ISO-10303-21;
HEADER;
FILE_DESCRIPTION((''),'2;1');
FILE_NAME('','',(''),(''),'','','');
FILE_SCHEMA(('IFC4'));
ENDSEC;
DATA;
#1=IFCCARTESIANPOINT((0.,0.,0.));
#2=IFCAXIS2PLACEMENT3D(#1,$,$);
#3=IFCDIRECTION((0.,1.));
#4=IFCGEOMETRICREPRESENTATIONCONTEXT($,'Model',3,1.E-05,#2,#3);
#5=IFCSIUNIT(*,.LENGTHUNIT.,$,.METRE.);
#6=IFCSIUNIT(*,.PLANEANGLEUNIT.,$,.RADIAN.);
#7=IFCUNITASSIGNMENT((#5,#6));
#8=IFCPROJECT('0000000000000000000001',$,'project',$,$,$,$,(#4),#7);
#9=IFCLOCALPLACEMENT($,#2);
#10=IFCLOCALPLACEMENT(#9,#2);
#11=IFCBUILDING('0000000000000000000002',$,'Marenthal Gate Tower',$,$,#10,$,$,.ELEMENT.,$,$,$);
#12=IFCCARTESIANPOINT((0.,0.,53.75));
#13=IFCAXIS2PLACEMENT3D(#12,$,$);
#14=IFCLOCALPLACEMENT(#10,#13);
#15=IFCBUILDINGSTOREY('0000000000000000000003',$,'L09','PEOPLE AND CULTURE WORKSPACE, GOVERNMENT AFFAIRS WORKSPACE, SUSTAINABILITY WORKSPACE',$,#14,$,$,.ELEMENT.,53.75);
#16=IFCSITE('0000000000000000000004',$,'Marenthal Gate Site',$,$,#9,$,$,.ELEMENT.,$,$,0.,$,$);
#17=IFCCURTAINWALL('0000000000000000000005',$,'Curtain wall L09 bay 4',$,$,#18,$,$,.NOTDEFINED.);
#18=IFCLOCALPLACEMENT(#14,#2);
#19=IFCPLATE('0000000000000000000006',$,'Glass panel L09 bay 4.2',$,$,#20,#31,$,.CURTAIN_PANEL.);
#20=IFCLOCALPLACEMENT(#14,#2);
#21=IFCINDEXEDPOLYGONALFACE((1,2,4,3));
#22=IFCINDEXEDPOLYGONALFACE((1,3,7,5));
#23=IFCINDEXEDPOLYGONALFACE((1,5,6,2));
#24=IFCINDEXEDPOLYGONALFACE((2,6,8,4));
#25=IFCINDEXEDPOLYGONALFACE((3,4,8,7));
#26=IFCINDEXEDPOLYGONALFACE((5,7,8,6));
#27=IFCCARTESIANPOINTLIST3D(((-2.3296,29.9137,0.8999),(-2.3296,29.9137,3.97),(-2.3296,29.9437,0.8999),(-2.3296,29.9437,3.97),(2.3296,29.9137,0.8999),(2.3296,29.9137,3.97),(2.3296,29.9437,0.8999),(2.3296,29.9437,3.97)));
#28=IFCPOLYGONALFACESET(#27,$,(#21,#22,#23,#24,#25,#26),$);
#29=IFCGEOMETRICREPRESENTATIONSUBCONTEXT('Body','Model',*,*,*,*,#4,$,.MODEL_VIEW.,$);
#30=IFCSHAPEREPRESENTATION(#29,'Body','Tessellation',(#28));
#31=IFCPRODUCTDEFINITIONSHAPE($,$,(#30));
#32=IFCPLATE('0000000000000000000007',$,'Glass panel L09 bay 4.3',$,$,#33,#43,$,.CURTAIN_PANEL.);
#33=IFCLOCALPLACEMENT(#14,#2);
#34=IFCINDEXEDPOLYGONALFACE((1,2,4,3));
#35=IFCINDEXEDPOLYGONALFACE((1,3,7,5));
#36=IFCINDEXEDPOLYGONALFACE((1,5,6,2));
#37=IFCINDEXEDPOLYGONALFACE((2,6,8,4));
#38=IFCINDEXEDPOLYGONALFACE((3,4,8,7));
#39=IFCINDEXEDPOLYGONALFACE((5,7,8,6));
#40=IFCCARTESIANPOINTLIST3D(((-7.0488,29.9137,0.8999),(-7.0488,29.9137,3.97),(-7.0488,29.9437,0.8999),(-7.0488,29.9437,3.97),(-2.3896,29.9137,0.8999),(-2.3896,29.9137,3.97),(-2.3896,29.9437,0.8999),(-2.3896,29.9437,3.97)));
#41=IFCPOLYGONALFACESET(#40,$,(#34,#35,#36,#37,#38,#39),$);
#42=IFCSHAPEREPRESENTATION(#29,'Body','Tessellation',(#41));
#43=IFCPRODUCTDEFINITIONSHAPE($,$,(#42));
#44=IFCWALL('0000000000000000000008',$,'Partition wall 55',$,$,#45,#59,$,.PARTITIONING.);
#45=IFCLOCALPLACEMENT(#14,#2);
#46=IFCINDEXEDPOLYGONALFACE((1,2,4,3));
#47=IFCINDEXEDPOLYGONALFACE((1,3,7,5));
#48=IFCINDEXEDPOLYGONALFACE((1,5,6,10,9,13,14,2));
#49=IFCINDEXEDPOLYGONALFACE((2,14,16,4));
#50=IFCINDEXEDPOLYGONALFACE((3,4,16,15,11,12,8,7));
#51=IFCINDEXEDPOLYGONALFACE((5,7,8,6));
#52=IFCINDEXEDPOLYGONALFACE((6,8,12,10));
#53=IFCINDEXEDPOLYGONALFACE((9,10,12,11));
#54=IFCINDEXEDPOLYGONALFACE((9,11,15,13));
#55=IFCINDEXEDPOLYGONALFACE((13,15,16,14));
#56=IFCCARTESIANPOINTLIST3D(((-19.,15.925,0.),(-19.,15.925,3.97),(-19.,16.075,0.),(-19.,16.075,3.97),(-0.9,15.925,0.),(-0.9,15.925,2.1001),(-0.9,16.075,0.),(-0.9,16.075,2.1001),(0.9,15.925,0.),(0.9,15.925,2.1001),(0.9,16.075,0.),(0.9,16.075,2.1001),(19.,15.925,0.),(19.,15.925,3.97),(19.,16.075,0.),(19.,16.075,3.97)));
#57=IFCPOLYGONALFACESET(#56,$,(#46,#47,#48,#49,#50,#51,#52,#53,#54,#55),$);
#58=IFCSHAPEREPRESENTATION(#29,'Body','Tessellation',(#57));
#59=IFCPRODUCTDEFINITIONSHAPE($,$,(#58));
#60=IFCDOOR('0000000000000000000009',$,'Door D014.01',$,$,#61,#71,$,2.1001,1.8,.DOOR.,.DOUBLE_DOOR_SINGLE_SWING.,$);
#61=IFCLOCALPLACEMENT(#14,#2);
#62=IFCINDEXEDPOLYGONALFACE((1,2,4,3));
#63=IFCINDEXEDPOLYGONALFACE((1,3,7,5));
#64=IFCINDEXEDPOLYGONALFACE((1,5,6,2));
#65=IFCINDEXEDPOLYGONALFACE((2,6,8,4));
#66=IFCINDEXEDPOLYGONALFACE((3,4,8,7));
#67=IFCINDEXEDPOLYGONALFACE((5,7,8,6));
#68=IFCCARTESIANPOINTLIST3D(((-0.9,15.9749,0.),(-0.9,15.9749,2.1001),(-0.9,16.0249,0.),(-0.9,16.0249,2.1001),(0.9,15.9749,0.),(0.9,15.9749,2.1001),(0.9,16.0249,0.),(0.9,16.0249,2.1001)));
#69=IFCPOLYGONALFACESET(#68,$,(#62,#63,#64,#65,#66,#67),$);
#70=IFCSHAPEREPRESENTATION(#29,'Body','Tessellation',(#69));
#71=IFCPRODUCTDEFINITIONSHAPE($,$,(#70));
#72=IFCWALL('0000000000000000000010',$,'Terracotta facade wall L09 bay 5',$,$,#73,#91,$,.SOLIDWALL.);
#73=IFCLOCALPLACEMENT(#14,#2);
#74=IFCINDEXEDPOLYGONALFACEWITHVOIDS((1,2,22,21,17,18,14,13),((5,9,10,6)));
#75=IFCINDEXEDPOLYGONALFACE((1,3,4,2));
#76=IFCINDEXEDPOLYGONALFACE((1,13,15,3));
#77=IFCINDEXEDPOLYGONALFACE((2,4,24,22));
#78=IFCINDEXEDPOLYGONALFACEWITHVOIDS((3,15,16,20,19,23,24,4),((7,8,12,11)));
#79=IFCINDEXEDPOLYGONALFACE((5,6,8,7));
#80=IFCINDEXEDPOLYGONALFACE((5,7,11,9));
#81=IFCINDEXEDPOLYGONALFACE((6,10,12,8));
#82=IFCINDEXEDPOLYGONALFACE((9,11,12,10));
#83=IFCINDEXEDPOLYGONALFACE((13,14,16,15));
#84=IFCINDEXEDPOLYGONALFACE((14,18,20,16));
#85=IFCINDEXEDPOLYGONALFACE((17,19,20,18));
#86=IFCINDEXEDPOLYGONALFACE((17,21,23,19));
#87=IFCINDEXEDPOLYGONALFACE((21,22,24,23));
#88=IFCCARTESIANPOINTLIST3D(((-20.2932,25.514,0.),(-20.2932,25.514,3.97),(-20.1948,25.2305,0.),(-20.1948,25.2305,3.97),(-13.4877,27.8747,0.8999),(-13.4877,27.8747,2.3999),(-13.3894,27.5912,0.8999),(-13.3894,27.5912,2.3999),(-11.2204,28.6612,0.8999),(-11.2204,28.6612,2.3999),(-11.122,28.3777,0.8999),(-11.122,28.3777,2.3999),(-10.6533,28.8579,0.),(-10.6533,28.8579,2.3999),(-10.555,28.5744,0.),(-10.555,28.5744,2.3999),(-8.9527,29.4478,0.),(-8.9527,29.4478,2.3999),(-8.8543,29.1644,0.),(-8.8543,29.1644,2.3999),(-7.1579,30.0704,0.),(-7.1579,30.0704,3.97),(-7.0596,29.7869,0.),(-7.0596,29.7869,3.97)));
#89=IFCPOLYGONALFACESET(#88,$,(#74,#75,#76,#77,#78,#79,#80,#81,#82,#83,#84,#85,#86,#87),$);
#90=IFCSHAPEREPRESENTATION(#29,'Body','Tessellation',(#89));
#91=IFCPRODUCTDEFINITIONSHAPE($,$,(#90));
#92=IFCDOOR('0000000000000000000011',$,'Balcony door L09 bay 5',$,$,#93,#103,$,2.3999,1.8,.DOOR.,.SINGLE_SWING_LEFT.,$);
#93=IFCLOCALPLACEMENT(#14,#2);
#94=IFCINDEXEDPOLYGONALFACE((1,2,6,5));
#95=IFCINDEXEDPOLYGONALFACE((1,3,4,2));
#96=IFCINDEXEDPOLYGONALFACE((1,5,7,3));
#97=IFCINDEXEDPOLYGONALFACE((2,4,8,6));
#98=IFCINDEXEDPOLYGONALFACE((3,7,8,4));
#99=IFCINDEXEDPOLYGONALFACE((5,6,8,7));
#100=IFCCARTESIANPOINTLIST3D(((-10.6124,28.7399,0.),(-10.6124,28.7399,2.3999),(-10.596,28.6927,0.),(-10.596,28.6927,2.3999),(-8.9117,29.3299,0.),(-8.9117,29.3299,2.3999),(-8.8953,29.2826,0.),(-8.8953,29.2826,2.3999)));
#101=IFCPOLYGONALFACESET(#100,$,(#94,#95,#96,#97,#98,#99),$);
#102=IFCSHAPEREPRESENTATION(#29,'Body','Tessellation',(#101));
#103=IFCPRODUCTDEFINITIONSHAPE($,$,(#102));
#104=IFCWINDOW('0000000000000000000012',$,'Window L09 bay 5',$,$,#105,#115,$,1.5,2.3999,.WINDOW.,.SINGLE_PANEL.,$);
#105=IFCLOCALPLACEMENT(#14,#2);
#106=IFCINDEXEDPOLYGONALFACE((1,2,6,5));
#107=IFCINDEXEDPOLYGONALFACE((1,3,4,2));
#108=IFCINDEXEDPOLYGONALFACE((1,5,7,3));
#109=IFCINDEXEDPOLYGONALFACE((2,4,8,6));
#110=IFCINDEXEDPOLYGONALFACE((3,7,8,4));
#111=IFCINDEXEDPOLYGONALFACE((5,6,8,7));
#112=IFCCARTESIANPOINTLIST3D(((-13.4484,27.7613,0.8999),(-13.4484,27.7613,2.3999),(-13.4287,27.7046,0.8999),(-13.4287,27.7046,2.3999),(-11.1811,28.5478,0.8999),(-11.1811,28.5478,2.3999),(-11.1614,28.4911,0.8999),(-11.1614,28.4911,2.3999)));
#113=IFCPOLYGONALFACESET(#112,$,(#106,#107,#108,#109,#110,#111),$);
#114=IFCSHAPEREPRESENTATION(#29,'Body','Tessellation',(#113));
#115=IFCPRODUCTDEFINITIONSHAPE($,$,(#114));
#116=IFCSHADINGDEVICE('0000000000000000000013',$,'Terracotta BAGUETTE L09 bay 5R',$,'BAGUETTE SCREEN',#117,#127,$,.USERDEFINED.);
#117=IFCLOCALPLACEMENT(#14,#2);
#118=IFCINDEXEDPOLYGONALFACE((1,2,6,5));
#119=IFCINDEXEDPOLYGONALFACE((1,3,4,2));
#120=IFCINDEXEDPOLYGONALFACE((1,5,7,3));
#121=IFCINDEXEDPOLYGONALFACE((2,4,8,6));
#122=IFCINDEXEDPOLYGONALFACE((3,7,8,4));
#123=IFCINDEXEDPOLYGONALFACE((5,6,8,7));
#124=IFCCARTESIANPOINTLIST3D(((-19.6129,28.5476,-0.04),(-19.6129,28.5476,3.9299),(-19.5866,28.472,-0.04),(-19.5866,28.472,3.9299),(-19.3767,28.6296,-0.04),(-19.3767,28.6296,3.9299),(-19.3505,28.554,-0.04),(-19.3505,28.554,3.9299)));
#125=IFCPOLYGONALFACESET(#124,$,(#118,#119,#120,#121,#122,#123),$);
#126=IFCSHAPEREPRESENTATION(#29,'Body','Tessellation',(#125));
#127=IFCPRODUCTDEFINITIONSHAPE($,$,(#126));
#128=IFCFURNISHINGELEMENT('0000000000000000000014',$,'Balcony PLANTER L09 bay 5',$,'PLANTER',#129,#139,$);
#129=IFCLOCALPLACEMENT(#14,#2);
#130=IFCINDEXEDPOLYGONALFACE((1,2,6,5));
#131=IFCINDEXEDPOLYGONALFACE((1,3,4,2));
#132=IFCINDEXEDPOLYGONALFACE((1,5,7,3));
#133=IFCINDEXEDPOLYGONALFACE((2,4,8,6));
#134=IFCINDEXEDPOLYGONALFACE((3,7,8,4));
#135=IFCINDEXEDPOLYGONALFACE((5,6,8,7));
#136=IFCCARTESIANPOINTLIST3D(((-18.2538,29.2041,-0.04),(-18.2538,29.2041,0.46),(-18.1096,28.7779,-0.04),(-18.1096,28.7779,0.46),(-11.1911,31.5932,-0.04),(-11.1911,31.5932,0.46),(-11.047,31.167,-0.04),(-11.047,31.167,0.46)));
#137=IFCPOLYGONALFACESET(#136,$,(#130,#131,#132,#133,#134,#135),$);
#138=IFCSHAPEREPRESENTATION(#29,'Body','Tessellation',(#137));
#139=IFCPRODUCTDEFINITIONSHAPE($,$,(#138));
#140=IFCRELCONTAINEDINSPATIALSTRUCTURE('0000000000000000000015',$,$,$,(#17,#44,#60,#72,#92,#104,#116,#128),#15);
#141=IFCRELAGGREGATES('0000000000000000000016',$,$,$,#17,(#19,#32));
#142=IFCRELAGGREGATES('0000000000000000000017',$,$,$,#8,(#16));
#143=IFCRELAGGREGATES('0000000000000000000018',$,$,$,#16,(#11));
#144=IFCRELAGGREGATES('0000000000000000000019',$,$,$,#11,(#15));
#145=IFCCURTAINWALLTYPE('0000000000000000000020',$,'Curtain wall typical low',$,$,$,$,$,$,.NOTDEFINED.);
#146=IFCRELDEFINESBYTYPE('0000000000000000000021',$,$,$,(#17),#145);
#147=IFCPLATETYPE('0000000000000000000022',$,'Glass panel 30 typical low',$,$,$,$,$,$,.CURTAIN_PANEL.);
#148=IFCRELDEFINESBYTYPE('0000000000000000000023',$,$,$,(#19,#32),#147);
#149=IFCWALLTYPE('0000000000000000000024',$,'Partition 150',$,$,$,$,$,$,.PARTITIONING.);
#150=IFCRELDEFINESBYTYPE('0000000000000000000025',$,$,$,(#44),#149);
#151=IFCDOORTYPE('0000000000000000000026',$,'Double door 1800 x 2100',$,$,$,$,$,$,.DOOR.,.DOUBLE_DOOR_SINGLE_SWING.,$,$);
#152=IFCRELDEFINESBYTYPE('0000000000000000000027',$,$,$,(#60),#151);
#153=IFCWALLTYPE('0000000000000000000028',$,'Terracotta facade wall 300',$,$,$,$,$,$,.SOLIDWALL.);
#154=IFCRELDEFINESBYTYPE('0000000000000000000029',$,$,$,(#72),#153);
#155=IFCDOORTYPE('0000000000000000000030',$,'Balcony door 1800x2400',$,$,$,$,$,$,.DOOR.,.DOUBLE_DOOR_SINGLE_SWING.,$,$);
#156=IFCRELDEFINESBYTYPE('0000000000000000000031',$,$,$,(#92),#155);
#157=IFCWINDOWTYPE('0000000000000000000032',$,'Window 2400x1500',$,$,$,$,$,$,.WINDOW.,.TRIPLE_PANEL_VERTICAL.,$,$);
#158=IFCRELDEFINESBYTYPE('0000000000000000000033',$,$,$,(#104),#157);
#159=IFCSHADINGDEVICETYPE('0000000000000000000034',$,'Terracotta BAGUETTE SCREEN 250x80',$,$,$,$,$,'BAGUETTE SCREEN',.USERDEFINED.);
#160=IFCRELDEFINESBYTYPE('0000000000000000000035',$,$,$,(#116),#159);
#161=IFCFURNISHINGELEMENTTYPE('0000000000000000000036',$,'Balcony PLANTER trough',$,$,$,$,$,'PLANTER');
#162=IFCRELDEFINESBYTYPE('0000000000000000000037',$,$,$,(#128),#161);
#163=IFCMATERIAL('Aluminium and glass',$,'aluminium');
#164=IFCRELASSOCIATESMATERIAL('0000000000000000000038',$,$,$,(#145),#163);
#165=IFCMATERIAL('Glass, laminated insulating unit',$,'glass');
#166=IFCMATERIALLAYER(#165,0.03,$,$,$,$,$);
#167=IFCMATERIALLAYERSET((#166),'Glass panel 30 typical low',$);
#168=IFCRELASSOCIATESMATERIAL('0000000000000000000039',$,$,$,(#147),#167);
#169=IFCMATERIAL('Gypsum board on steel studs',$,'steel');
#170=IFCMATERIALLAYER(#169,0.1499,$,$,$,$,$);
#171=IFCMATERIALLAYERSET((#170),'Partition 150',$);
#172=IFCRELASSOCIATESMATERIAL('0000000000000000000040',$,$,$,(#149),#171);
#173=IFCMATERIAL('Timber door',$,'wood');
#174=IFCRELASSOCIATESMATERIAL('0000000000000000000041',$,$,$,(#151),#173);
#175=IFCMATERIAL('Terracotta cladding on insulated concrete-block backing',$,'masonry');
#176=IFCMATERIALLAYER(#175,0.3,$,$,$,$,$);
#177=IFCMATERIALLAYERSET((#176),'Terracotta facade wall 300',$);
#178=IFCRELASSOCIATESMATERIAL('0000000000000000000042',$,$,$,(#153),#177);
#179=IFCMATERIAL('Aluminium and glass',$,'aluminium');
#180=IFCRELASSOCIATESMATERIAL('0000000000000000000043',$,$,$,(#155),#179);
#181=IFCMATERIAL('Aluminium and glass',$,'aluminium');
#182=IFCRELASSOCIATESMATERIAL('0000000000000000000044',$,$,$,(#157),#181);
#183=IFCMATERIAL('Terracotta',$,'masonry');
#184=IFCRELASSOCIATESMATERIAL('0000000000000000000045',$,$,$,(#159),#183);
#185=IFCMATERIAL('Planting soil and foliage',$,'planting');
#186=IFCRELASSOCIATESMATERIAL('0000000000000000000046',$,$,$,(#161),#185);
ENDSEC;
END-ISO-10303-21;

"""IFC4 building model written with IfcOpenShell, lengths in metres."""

from ifc_helpers import new_model, si_unit, direction, frame, frame_2d, origin, origin_2d, place, context, subcontext, project, spatial, rectangle, extrude, material, layer, layer_set, material_profile, profile_set, type_object, element, fill, aggregate, save


model = new_model("IFC4")

# Units and contexts
model_context = context("Model", 3, precision=1e-05, world=origin(), true_north=direction((0.0, 1.0)))
body_context = subcontext(model_context, "Body", "Model", "MODEL_VIEW")
ifc_project = project(units=[si_unit("LENGTHUNIT", "METRE"), si_unit("PLANEANGLEUNIT", "RADIAN")], contexts=[model_context])

# Site, building, storey
site_placement = place(None, origin())
site = spatial("IfcSite", under=ifc_project, at=site_placement, Name="Marenthal Gate Site", CompositionType="ELEMENT", RefElevation=0.0)
building_placement = place(site_placement, origin())
building = spatial("IfcBuilding", under=site, at=building_placement, Name="Marenthal Gate Tower", CompositionType="ELEMENT")
storey_placement = place(building_placement, frame((0.0, 0.0, 53.75)))
storey = spatial("IfcBuildingStorey", under=building, at=storey_placement, Name="L09", Description="PEOPLE AND CULTURE WORKSPACE, GOVERNMENT AFFAIRS WORKSPACE, SUSTAINABILITY WORKSPACE", CompositionType="ELEMENT", Elevation=53.75)

# Curtain wall
ifc_material_1 = material(Name="Aluminium and glass", Category="aluminium")
curtain_wall_type = type_object("IfcCurtainWallType", Name="Curtain wall typical low", PredefinedType="NOTDEFINED", material=ifc_material_1)
curtain_wall_placement = place(storey_placement, origin())
curtain_wall = element("IfcCurtainWall", 1, at=curtain_wall_placement, inside=storey, type_object=curtain_wall_type, Name="Curtain wall L09 bay 4", PredefinedType="NOTDEFINED")

# Plates
ifc_material_2 = material(Name="Glass, laminated insulating unit", Category="glass")
ifc_layer_1 = layer(ifc_material_2, 0.03)
ifc_layer_set_1 = layer_set([ifc_layer_1], Name="Glass panel 30 typical low")
plate_type = type_object("IfcPlateType", Name="Glass panel 30 typical low", PredefinedType="CURTAIN_PANEL", material=ifc_layer_set_1)
plate_1_placement = place(storey_placement, frame((0.0, 29.9287, 0.8999), z_axis=(0.0, 0.0, 1.0), x_axis=(-1.0, 0.0, 0.0)))
plate_1 = element("IfcPlate", 2, at=plate_1_placement, type_object=plate_type, Name="Glass panel L09 bay 4.2", PredefinedType="CURTAIN_PANEL", context=body_context, shape_type="SweptSolid", body=[
    extrude(rectangle(XDim=4.6592, YDim=0.03, at=origin_2d()), origin(), (0.0, 0.0, 1.0), 3.0701),
])
plate_2_placement = place(storey_placement, frame((-4.7192, 29.9287, 0.8999), z_axis=(0.0, 0.0, 1.0), x_axis=(-1.0, 0.0, 0.0)))
plate_2 = element("IfcPlate", 3, at=plate_2_placement, type_object=plate_type, Name="Glass panel L09 bay 4.3", PredefinedType="CURTAIN_PANEL", context=body_context, shape_type="SweptSolid", body=[
    extrude(rectangle(XDim=4.6592, YDim=0.03, at=origin_2d()), origin(), (0.0, 0.0, 1.0), 3.0701),
])
aggregate(curtain_wall, [plate_1, plate_2])

# Wall, opening, door
ifc_material_3 = material(Name="Gypsum board on steel studs", Category="steel")
ifc_layer_2 = layer(ifc_material_3, 0.1499)
ifc_layer_set_2 = layer_set([ifc_layer_2], Name="Partition 150")
wall_type_1 = type_object("IfcWallType", Name="Partition 150", PredefinedType="PARTITIONING", material=ifc_layer_set_2)
wall_1_placement = place(storey_placement, frame((-19.0, 16.0, 0.0), z_axis=(0.0, 0.0, 1.0), x_axis=(1.0, 0.0, 0.0)))
wall_1 = element("IfcWall", 4, at=wall_1_placement, inside=storey, type_object=wall_type_1, Name="Partition wall 55", PredefinedType="PARTITIONING", context=body_context, shape_type="SweptSolid", body=[
    extrude(rectangle(XDim=38.0, YDim=0.1499, at=frame_2d((19.0, 0.0))), origin(), (0.0, 0.0, 1.0), 3.97),
])
opening_1_placement = place(wall_1_placement, frame((18.1001, 0.0, 0.0)))
opening_1 = element("IfcOpeningElement", 5, at=opening_1_placement, cuts=wall_1, PredefinedType="OPENING", context=body_context, shape_type="SweptSolid", body=[
    extrude(rectangle(XDim=1.8, YDim=2.1001, at=frame_2d((0.8999, 1.05))), frame((0.0, 0.085, 0.0), z_axis=(0.0, -1.0, 0.0), x_axis=(1.0, 0.0, 0.0)), (0.0, 0.0, 1.0), 0.1699),
])
ifc_material_4 = material(Name="Timber door", Category="wood")
door_type_1 = type_object("IfcDoorType", Name="Double door 1800 x 2100", OperationType="DOUBLE_DOOR_SINGLE_SWING", PredefinedType="DOOR", material=ifc_material_4)
door_1_placement = place(opening_1_placement, origin())
door_1 = element("IfcDoor", 6, at=door_1_placement, inside=storey, type_object=door_type_1, Name="Door D014.01", OperationType="DOUBLE_DOOR_SINGLE_SWING", OverallHeight=2.1001, OverallWidth=1.8, PredefinedType="DOOR", context=body_context, shape_type="SweptSolid", body=[
    extrude(rectangle(XDim=1.8, YDim=2.1001, at=frame_2d((0.8999, 1.05))), frame((0.0, 0.0249, 0.0), z_axis=(0.0, -1.0, 0.0), x_axis=(1.0, 0.0, 0.0)), (0.0, 0.0, 1.0), 0.05),
])
fill(opening_1, door_1)

# Wall, openings, door, window
ifc_material_5 = material(Name="Terracotta cladding on insulated concrete-block backing", Category="masonry")
ifc_layer_3 = layer(ifc_material_5, 0.3)
ifc_layer_set_3 = layer_set([ifc_layer_3], Name="Terracotta facade wall 300")
wall_type_2 = type_object("IfcWallType", Name="Terracotta facade wall 300", PredefinedType="SOLIDWALL", material=ifc_layer_set_3)
wall_2_placement = place(storey_placement, frame((-7.1086, 29.9287, 0.0), z_axis=(0.0, 0.0, 1.0), x_axis=(-0.944773, -0.327726, 0.0)))
wall_2 = element("IfcWall", 7, at=wall_2_placement, inside=storey, type_object=wall_type_2, Name="Terracotta facade wall L09 bay 5", PredefinedType="SOLIDWALL", context=body_context, shape_type="SweptSolid", body=[
    extrude(rectangle(XDim=13.9031, YDim=0.3, at=frame_2d((6.9517, 0.0))), origin(), (0.0, 0.0, 1.0), 3.97),
])
opening_2_placement = place(wall_2_placement, frame((1.8999, 0.0, 0.0)))
opening_2 = element("IfcOpeningElement", 8, at=opening_2_placement, cuts=wall_2, PredefinedType="OPENING", context=body_context, shape_type="SweptSolid", body=[
    extrude(rectangle(XDim=1.8, YDim=2.3999, at=frame_2d((0.8999, 1.2))), frame((0.0, 0.1602, 0.0), z_axis=(0.0, -1.0, 0.0), x_axis=(1.0, 0.0, 0.0)), (0.0, 0.0, 1.0), 0.3201),
])
opening_3_placement = place(wall_2_placement, frame((4.3, 0.0, 0.8999)))
opening_3 = element("IfcOpeningElement", 9, at=opening_3_placement, cuts=wall_2, PredefinedType="OPENING", context=body_context, shape_type="SweptSolid", body=[
    extrude(rectangle(XDim=2.3999, YDim=1.5, at=frame_2d((1.2, 0.75))), frame((0.0, 0.1602, 0.0), z_axis=(0.0, -1.0, 0.0), x_axis=(1.0, 0.0, 0.0)), (0.0, 0.0, 1.0), 0.3201),
])
ifc_material_6 = material(Name="Aluminium and glass", Category="aluminium")
door_type_2 = type_object("IfcDoorType", Name="Balcony door 1800x2400", OperationType="DOUBLE_DOOR_SINGLE_SWING", PredefinedType="DOOR", material=ifc_material_6)
door_2_placement = place(opening_2_placement, origin())
door_2 = element("IfcDoor", 10, at=door_2_placement, inside=storey, type_object=door_type_2, Name="Balcony door L09 bay 5", OperationType="SINGLE_SWING_LEFT", OverallHeight=2.3999, OverallWidth=1.8, PredefinedType="DOOR", context=body_context, shape_type="SweptSolid", body=[
    extrude(rectangle(XDim=1.8, YDim=2.3999, at=frame_2d((0.8999, 1.2))), frame((0.0, 0.0249, 0.0), z_axis=(0.0, -1.0, 0.0), x_axis=(1.0, 0.0, 0.0)), (0.0, 0.0, 1.0), 0.05),
])
fill(opening_2, door_2)
ifc_material_7 = material(Name="Aluminium and glass", Category="aluminium")
window_type = type_object("IfcWindowType", Name="Window 2400x1500", PartitioningType="TRIPLE_PANEL_VERTICAL", PredefinedType="WINDOW", material=ifc_material_7)
window_placement = place(opening_3_placement, origin())
window = element("IfcWindow", 11, at=window_placement, inside=storey, type_object=window_type, Name="Window L09 bay 5", OverallHeight=1.5, OverallWidth=2.3999, PartitioningType="SINGLE_PANEL", PredefinedType="WINDOW", context=body_context, shape_type="SweptSolid", body=[
    extrude(rectangle(XDim=2.3999, YDim=1.5, at=frame_2d((1.2, 0.75))), frame((0.0, 0.03, 0.0), z_axis=(0.0, -1.0, 0.0), x_axis=(1.0, 0.0, 0.0)), (0.0, 0.0, 1.0), 0.0601),
])
fill(opening_3, window)

# Shading device
ifc_material_8 = material(Name="Terracotta", Category="masonry")
ifc_material_profile_1 = material_profile(ifc_material_8, rectangle(XDim=0.25, YDim=0.0801, at=origin_2d()), Name="Terracotta baguette 250x80")
ifc_profile_set_1 = profile_set([ifc_material_profile_1], Name="Terracotta")
shading_device_type = type_object("IfcShadingDeviceType", Name="Terracotta BAGUETTE SCREEN 250x80", ElementType="BAGUETTE SCREEN", PredefinedType="USERDEFINED", material=ifc_profile_set_1)
shading_device_placement = place(storey_placement, frame((-19.4817, 28.5508, -0.04), z_axis=(0.0, 0.0, 1.0), x_axis=(-0.944691, -0.327963, 0.0)))
element("IfcShadingDevice", 12, at=shading_device_placement, inside=storey, type_object=shading_device_type, Name="Terracotta BAGUETTE L09 bay 5R", ObjectType="BAGUETTE SCREEN", PredefinedType="USERDEFINED", context=body_context, shape_type="SweptSolid", body=[
    extrude(rectangle(XDim=0.25, YDim=0.0801, at=origin_2d()), origin(), (0.0, 0.0, 1.0), 3.97),
])

# Furnishing element
ifc_material_9 = material(Name="Planting soil and foliage", Category="planting")
furnishing_element_type = type_object("IfcFurnishingElementType", Name="Balcony PLANTER trough", ElementType="PLANTER", material=ifc_material_9)
furnishing_placement = place(storey_placement, frame((-14.6504, 30.1855, -0.04), z_axis=(0.0, 0.0, 1.0), x_axis=(-0.947271, -0.320433, 0.0)))
element("IfcFurnishingElement", 13, at=furnishing_placement, inside=storey, type_object=furnishing_element_type, Name="Balcony PLANTER L09 bay 5", ObjectType="PLANTER", context=body_context, shape_type="SweptSolid", body=[
    extrude(rectangle(XDim=7.4558, YDim=0.45, at=origin_2d()), origin(), (0.0, 0.0, 1.0), 0.5),
])

save(model, "model.ifc")
